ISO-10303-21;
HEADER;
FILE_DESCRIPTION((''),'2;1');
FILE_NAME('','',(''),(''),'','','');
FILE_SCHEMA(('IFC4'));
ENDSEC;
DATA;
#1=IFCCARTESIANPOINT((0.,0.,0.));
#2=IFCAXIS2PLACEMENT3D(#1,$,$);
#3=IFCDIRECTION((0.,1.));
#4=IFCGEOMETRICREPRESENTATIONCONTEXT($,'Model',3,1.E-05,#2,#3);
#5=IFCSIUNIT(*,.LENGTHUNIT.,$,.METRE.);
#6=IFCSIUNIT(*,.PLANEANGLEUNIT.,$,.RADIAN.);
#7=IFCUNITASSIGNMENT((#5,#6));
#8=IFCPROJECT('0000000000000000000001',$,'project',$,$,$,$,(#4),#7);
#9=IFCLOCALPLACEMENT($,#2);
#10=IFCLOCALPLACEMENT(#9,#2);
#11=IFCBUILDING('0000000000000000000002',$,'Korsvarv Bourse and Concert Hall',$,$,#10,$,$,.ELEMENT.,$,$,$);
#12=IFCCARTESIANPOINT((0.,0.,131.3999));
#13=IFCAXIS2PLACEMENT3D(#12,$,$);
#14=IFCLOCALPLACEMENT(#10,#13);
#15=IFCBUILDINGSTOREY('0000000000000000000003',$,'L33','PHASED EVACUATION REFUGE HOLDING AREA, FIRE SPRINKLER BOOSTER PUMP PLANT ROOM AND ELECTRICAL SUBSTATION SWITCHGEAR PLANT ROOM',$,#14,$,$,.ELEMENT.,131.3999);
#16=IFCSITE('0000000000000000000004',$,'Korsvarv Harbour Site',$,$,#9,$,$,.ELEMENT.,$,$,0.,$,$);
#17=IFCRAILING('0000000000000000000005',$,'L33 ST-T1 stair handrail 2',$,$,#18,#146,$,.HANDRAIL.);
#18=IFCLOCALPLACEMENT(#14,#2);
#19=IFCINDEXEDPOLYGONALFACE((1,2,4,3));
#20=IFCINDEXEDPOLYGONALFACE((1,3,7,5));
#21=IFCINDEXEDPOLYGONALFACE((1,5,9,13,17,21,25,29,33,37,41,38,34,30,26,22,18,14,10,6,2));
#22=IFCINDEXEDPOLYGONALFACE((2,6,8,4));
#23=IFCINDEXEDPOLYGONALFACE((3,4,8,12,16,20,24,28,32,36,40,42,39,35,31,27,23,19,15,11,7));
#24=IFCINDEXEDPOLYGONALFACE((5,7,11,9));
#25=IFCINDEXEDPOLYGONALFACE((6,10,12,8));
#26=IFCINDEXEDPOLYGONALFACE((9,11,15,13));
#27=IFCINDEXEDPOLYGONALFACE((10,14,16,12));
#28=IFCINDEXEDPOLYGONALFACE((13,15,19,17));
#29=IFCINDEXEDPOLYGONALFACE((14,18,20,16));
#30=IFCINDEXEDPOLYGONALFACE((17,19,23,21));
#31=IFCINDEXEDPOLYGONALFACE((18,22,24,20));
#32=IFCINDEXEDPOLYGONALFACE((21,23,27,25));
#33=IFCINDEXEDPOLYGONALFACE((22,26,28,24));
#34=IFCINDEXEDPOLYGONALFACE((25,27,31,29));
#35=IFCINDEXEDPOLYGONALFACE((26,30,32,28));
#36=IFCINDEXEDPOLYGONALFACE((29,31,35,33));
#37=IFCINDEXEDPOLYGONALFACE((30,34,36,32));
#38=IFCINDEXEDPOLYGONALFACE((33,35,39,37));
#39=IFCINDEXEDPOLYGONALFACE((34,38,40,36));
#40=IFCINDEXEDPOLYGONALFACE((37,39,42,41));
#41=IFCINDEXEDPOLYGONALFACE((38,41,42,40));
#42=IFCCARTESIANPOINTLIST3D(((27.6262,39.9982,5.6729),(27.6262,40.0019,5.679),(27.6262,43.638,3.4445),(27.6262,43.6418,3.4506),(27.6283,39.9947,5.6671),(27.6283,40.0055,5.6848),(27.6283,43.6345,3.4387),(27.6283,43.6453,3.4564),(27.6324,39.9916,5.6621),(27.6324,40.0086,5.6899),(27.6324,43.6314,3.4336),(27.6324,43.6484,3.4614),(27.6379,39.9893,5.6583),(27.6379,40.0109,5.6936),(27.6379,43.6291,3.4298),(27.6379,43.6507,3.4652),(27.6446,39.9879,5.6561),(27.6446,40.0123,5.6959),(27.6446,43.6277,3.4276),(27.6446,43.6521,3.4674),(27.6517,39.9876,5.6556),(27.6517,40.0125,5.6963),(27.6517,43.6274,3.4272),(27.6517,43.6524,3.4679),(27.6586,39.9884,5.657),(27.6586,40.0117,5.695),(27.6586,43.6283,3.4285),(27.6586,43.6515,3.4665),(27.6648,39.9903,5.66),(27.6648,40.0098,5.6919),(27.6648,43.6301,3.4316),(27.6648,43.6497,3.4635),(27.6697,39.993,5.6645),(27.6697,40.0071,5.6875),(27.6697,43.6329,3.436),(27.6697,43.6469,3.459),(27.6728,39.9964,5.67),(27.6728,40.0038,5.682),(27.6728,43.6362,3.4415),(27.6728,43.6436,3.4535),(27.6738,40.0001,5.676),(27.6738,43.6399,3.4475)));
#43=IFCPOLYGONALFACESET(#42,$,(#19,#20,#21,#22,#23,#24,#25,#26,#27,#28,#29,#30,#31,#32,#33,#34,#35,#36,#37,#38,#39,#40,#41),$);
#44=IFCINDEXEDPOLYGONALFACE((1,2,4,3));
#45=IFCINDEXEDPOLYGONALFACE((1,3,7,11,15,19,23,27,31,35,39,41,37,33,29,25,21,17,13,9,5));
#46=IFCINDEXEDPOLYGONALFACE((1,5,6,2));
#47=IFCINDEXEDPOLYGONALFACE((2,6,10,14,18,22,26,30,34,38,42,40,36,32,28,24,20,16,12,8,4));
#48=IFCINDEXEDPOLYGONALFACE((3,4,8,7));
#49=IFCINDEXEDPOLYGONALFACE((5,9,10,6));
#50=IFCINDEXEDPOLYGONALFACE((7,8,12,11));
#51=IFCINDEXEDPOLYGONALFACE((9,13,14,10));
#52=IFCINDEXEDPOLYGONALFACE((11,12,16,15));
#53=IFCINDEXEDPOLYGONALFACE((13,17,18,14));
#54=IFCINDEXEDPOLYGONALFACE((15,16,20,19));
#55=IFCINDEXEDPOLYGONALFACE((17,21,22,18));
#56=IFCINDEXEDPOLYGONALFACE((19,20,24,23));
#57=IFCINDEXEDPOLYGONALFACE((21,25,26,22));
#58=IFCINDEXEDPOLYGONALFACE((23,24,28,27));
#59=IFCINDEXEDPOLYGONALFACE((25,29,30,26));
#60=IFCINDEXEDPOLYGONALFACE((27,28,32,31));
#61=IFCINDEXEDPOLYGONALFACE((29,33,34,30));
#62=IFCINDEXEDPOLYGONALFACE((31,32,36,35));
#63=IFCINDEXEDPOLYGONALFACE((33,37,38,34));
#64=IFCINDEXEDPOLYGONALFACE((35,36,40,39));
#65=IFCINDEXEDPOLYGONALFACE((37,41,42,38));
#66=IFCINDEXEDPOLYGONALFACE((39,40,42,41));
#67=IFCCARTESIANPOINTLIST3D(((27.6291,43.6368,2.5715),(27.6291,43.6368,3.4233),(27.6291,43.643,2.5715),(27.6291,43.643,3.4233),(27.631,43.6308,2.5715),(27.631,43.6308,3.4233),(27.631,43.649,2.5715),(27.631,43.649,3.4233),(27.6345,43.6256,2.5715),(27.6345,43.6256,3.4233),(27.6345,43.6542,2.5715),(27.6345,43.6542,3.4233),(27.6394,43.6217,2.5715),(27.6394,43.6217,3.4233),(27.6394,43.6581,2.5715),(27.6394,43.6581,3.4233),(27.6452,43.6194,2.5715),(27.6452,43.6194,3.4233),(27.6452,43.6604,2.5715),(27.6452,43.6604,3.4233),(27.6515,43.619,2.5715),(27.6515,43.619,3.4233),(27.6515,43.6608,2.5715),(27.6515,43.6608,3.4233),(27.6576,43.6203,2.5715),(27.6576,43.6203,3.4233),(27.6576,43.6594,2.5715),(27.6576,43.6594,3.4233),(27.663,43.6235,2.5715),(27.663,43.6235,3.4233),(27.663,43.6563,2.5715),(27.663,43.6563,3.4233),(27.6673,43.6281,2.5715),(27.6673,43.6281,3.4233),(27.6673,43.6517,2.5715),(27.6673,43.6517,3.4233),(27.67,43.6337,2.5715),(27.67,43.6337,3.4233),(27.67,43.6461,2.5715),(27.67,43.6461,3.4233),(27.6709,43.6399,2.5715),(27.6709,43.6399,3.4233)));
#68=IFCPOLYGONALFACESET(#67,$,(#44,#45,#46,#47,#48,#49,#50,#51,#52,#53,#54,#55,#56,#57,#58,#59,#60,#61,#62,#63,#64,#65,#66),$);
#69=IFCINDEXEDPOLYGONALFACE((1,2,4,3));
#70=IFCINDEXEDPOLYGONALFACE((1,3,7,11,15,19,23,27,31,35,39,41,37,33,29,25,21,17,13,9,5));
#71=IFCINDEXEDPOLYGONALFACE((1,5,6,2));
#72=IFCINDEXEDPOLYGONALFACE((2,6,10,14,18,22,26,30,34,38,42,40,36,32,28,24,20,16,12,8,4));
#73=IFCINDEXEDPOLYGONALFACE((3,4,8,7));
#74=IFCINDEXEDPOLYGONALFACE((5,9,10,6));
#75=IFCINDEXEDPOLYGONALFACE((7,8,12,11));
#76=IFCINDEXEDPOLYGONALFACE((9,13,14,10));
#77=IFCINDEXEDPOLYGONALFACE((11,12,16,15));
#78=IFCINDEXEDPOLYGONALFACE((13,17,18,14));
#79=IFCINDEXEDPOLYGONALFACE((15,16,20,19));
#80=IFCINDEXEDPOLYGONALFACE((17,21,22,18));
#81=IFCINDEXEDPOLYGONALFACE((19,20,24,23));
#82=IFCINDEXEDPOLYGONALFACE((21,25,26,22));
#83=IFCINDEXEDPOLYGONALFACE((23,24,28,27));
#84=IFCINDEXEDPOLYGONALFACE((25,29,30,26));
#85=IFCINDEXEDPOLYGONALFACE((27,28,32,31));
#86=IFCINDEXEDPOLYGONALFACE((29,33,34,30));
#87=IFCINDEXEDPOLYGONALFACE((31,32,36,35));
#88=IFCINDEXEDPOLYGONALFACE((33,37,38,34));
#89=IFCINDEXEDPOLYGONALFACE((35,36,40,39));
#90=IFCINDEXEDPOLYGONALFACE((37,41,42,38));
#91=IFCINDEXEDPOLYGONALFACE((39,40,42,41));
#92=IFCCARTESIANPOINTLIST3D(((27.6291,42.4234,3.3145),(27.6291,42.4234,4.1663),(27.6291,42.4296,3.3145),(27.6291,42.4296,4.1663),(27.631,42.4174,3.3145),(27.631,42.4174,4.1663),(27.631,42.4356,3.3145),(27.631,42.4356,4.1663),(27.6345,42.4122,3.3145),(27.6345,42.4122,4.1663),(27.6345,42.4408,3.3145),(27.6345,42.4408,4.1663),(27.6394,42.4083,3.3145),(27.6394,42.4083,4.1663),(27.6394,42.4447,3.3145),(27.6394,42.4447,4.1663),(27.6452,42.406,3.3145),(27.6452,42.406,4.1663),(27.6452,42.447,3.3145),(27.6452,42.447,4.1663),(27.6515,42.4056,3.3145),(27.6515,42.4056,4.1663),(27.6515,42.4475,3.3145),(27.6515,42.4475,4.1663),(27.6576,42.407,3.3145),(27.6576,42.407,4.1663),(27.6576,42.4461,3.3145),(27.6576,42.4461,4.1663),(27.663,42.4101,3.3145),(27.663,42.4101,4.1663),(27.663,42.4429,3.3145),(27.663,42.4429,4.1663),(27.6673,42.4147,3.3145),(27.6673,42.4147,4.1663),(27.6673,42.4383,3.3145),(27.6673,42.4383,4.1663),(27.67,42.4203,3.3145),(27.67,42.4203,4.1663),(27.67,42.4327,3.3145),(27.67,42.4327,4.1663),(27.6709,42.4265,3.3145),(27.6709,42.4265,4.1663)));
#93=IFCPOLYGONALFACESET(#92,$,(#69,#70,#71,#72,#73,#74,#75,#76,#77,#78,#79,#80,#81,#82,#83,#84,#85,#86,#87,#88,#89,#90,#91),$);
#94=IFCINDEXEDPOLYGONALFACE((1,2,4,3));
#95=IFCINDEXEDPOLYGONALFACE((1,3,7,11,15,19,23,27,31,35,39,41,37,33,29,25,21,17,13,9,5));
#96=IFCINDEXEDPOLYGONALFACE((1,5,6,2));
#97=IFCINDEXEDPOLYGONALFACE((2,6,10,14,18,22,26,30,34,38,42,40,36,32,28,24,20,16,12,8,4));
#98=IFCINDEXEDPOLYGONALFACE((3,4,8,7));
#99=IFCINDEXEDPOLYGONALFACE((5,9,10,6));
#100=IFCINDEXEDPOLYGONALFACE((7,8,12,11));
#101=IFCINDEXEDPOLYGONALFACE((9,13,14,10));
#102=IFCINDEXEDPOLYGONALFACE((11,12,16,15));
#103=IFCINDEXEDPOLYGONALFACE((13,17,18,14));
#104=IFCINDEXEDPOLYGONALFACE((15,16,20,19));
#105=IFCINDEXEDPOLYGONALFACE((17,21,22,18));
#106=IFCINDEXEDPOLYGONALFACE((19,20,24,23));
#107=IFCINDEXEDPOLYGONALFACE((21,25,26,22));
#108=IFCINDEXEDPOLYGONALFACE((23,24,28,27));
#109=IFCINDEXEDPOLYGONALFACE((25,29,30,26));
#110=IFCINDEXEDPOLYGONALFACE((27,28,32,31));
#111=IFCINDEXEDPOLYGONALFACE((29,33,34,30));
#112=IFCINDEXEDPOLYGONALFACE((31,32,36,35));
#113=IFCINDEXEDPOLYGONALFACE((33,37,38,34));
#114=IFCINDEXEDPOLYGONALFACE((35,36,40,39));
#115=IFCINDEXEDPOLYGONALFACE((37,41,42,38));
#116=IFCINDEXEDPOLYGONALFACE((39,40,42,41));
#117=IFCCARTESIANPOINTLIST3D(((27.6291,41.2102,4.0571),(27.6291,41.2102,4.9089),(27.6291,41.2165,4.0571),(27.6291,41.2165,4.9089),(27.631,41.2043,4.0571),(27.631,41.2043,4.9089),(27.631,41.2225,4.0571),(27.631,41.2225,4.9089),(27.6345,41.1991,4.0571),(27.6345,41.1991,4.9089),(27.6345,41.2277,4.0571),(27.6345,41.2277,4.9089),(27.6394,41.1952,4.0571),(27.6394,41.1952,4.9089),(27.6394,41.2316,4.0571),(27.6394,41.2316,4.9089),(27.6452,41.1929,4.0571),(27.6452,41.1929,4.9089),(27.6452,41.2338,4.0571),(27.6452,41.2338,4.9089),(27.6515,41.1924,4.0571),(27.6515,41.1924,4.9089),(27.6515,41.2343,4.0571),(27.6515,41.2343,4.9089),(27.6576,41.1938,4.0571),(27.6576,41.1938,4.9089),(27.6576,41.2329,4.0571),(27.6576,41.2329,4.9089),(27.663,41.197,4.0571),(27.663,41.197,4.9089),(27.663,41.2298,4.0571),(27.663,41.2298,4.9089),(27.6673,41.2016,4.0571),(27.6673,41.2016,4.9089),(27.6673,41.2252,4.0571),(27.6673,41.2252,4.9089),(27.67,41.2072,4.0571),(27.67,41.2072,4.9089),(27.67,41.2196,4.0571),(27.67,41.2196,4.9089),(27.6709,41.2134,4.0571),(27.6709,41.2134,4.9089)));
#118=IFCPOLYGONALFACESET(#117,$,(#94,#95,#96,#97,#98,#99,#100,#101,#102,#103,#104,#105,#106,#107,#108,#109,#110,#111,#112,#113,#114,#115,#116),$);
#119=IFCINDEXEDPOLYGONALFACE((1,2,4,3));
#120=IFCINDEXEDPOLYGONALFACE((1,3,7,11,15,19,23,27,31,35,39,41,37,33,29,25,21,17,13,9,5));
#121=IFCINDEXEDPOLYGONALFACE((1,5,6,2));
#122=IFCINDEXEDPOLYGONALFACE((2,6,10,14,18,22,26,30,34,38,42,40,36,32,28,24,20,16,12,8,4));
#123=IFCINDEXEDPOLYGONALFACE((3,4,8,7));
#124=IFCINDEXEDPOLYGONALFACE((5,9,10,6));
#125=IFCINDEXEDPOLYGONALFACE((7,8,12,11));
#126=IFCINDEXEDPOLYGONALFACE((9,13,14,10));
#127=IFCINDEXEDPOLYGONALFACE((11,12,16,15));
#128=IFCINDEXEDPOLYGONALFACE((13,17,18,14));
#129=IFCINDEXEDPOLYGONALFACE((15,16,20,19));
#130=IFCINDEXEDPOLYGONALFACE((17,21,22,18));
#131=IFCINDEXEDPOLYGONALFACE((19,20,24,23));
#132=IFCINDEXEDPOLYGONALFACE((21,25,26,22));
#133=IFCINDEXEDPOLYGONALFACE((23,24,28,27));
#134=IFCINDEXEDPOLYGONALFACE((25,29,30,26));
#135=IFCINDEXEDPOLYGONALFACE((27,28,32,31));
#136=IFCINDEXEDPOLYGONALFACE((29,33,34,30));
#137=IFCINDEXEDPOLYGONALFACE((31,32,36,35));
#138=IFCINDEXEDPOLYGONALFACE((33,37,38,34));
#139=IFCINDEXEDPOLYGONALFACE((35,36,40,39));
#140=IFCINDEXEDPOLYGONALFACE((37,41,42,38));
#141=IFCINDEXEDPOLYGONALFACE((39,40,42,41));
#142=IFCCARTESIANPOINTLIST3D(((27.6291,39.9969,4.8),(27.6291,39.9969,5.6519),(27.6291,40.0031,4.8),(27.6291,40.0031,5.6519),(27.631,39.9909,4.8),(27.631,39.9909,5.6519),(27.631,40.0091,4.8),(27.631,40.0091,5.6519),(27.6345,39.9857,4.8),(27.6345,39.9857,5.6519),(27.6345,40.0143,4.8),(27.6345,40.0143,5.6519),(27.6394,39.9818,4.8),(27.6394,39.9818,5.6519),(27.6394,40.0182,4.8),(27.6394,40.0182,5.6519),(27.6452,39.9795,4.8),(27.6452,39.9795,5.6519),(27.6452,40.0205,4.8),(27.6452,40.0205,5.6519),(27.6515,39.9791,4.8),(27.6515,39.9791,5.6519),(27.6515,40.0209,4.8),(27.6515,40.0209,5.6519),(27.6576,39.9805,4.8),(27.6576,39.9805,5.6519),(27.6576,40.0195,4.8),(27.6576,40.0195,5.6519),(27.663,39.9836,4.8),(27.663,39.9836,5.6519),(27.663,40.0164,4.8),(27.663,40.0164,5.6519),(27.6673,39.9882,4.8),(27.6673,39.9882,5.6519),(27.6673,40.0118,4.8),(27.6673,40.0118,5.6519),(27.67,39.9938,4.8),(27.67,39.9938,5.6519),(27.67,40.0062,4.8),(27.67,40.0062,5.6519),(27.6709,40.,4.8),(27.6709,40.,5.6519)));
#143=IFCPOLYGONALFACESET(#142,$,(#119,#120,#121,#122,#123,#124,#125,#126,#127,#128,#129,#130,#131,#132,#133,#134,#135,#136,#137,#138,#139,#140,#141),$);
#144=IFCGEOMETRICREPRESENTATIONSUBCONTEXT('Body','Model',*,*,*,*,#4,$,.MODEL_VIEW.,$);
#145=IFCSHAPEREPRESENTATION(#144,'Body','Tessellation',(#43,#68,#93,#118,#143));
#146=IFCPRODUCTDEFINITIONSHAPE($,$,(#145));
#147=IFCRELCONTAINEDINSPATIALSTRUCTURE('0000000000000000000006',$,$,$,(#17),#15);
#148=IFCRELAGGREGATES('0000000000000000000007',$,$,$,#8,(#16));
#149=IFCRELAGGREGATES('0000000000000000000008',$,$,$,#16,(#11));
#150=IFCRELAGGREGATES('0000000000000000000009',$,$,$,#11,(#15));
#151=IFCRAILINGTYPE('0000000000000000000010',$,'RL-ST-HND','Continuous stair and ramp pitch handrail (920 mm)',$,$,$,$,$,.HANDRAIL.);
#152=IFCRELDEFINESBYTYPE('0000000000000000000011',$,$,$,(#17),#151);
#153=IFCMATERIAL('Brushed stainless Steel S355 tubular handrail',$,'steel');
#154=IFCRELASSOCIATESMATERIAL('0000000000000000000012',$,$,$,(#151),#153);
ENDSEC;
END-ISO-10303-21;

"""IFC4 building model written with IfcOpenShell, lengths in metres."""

from ifc_helpers import new_model, si_unit, direction, frame, origin, origin_2d, place, context, subcontext, project, spatial, circle, extrude, material, type_object, element, save


model = new_model("IFC4")

# Units and contexts
model_context = context("Model", 3, precision=1e-05, world=origin(), true_north=direction((0.0, 1.0)))
body_context = subcontext(model_context, "Body", "Model", "MODEL_VIEW")
ifc_project = project(units=[si_unit("LENGTHUNIT", "METRE"), si_unit("PLANEANGLEUNIT", "RADIAN")], contexts=[model_context])

# Site, building, storey
site_placement = place(None, origin())
site = spatial("IfcSite", under=ifc_project, at=site_placement, Name="Korsvarv Harbour Site", CompositionType="ELEMENT", RefElevation=0.0)
building_placement = place(site_placement, origin())
building = spatial("IfcBuilding", under=site, at=building_placement, Name="Korsvarv Bourse and Concert Hall", CompositionType="ELEMENT")
storey_placement = place(building_placement, frame((0.0, 0.0, 131.3999)))
storey = spatial("IfcBuildingStorey", under=building, at=storey_placement, Name="L33", Description="PHASED EVACUATION REFUGE HOLDING AREA, FIRE SPRINKLER BOOSTER PUMP PLANT ROOM AND ELECTRICAL SUBSTATION SWITCHGEAR PLANT ROOM", CompositionType="ELEMENT", Elevation=131.3999)

# Railing
ifc_material_1 = material(Name="Brushed stainless Steel S355 tubular handrail", Category="steel")
railing_type_1 = type_object("IfcRailingType", Name="RL-ST-HND", Description="Continuous stair and ramp pitch handrail (920 mm)", PredefinedType="HANDRAIL", material=ifc_material_1)
railing_1_placement = place(storey_placement, frame((27.6499, 43.6399, 2.5715)))
element("IfcRailing", 1, at=railing_1_placement, inside=storey, type_object=railing_type_1, Name="L33 ST-T1 stair handrail 2", PredefinedType="HANDRAIL", context=body_context, shape_type="SweptSolid", body=[
    extrude(circle(Radius=0.0239, at=origin_2d()), frame((0.0, 0.0, 0.876), z_axis=(0.0, -0.85285, 0.522156), x_axis=(1.0, 0.0, 0.0)), (0.0, 0.0, 1.0), 4.2678),
    extrude(circle(Radius=0.021, at=origin_2d()), origin(), (0.0, 0.0, 1.0), 0.8518),
    extrude(circle(Radius=0.021, at=origin_2d()), frame((0.0, -1.2134, 0.7429)), (0.0, 0.0, 1.0), 0.8518),
    extrude(circle(Radius=0.021, at=origin_2d()), frame((0.0, -2.4265, 1.4856)), (0.0, 0.0, 1.0), 0.8518),
    extrude(circle(Radius=0.021, at=origin_2d()), frame((0.0, -3.6399, 2.2285)), (0.0, 0.0, 1.0), 0.8518),
])

save(model, "model.ifc")
